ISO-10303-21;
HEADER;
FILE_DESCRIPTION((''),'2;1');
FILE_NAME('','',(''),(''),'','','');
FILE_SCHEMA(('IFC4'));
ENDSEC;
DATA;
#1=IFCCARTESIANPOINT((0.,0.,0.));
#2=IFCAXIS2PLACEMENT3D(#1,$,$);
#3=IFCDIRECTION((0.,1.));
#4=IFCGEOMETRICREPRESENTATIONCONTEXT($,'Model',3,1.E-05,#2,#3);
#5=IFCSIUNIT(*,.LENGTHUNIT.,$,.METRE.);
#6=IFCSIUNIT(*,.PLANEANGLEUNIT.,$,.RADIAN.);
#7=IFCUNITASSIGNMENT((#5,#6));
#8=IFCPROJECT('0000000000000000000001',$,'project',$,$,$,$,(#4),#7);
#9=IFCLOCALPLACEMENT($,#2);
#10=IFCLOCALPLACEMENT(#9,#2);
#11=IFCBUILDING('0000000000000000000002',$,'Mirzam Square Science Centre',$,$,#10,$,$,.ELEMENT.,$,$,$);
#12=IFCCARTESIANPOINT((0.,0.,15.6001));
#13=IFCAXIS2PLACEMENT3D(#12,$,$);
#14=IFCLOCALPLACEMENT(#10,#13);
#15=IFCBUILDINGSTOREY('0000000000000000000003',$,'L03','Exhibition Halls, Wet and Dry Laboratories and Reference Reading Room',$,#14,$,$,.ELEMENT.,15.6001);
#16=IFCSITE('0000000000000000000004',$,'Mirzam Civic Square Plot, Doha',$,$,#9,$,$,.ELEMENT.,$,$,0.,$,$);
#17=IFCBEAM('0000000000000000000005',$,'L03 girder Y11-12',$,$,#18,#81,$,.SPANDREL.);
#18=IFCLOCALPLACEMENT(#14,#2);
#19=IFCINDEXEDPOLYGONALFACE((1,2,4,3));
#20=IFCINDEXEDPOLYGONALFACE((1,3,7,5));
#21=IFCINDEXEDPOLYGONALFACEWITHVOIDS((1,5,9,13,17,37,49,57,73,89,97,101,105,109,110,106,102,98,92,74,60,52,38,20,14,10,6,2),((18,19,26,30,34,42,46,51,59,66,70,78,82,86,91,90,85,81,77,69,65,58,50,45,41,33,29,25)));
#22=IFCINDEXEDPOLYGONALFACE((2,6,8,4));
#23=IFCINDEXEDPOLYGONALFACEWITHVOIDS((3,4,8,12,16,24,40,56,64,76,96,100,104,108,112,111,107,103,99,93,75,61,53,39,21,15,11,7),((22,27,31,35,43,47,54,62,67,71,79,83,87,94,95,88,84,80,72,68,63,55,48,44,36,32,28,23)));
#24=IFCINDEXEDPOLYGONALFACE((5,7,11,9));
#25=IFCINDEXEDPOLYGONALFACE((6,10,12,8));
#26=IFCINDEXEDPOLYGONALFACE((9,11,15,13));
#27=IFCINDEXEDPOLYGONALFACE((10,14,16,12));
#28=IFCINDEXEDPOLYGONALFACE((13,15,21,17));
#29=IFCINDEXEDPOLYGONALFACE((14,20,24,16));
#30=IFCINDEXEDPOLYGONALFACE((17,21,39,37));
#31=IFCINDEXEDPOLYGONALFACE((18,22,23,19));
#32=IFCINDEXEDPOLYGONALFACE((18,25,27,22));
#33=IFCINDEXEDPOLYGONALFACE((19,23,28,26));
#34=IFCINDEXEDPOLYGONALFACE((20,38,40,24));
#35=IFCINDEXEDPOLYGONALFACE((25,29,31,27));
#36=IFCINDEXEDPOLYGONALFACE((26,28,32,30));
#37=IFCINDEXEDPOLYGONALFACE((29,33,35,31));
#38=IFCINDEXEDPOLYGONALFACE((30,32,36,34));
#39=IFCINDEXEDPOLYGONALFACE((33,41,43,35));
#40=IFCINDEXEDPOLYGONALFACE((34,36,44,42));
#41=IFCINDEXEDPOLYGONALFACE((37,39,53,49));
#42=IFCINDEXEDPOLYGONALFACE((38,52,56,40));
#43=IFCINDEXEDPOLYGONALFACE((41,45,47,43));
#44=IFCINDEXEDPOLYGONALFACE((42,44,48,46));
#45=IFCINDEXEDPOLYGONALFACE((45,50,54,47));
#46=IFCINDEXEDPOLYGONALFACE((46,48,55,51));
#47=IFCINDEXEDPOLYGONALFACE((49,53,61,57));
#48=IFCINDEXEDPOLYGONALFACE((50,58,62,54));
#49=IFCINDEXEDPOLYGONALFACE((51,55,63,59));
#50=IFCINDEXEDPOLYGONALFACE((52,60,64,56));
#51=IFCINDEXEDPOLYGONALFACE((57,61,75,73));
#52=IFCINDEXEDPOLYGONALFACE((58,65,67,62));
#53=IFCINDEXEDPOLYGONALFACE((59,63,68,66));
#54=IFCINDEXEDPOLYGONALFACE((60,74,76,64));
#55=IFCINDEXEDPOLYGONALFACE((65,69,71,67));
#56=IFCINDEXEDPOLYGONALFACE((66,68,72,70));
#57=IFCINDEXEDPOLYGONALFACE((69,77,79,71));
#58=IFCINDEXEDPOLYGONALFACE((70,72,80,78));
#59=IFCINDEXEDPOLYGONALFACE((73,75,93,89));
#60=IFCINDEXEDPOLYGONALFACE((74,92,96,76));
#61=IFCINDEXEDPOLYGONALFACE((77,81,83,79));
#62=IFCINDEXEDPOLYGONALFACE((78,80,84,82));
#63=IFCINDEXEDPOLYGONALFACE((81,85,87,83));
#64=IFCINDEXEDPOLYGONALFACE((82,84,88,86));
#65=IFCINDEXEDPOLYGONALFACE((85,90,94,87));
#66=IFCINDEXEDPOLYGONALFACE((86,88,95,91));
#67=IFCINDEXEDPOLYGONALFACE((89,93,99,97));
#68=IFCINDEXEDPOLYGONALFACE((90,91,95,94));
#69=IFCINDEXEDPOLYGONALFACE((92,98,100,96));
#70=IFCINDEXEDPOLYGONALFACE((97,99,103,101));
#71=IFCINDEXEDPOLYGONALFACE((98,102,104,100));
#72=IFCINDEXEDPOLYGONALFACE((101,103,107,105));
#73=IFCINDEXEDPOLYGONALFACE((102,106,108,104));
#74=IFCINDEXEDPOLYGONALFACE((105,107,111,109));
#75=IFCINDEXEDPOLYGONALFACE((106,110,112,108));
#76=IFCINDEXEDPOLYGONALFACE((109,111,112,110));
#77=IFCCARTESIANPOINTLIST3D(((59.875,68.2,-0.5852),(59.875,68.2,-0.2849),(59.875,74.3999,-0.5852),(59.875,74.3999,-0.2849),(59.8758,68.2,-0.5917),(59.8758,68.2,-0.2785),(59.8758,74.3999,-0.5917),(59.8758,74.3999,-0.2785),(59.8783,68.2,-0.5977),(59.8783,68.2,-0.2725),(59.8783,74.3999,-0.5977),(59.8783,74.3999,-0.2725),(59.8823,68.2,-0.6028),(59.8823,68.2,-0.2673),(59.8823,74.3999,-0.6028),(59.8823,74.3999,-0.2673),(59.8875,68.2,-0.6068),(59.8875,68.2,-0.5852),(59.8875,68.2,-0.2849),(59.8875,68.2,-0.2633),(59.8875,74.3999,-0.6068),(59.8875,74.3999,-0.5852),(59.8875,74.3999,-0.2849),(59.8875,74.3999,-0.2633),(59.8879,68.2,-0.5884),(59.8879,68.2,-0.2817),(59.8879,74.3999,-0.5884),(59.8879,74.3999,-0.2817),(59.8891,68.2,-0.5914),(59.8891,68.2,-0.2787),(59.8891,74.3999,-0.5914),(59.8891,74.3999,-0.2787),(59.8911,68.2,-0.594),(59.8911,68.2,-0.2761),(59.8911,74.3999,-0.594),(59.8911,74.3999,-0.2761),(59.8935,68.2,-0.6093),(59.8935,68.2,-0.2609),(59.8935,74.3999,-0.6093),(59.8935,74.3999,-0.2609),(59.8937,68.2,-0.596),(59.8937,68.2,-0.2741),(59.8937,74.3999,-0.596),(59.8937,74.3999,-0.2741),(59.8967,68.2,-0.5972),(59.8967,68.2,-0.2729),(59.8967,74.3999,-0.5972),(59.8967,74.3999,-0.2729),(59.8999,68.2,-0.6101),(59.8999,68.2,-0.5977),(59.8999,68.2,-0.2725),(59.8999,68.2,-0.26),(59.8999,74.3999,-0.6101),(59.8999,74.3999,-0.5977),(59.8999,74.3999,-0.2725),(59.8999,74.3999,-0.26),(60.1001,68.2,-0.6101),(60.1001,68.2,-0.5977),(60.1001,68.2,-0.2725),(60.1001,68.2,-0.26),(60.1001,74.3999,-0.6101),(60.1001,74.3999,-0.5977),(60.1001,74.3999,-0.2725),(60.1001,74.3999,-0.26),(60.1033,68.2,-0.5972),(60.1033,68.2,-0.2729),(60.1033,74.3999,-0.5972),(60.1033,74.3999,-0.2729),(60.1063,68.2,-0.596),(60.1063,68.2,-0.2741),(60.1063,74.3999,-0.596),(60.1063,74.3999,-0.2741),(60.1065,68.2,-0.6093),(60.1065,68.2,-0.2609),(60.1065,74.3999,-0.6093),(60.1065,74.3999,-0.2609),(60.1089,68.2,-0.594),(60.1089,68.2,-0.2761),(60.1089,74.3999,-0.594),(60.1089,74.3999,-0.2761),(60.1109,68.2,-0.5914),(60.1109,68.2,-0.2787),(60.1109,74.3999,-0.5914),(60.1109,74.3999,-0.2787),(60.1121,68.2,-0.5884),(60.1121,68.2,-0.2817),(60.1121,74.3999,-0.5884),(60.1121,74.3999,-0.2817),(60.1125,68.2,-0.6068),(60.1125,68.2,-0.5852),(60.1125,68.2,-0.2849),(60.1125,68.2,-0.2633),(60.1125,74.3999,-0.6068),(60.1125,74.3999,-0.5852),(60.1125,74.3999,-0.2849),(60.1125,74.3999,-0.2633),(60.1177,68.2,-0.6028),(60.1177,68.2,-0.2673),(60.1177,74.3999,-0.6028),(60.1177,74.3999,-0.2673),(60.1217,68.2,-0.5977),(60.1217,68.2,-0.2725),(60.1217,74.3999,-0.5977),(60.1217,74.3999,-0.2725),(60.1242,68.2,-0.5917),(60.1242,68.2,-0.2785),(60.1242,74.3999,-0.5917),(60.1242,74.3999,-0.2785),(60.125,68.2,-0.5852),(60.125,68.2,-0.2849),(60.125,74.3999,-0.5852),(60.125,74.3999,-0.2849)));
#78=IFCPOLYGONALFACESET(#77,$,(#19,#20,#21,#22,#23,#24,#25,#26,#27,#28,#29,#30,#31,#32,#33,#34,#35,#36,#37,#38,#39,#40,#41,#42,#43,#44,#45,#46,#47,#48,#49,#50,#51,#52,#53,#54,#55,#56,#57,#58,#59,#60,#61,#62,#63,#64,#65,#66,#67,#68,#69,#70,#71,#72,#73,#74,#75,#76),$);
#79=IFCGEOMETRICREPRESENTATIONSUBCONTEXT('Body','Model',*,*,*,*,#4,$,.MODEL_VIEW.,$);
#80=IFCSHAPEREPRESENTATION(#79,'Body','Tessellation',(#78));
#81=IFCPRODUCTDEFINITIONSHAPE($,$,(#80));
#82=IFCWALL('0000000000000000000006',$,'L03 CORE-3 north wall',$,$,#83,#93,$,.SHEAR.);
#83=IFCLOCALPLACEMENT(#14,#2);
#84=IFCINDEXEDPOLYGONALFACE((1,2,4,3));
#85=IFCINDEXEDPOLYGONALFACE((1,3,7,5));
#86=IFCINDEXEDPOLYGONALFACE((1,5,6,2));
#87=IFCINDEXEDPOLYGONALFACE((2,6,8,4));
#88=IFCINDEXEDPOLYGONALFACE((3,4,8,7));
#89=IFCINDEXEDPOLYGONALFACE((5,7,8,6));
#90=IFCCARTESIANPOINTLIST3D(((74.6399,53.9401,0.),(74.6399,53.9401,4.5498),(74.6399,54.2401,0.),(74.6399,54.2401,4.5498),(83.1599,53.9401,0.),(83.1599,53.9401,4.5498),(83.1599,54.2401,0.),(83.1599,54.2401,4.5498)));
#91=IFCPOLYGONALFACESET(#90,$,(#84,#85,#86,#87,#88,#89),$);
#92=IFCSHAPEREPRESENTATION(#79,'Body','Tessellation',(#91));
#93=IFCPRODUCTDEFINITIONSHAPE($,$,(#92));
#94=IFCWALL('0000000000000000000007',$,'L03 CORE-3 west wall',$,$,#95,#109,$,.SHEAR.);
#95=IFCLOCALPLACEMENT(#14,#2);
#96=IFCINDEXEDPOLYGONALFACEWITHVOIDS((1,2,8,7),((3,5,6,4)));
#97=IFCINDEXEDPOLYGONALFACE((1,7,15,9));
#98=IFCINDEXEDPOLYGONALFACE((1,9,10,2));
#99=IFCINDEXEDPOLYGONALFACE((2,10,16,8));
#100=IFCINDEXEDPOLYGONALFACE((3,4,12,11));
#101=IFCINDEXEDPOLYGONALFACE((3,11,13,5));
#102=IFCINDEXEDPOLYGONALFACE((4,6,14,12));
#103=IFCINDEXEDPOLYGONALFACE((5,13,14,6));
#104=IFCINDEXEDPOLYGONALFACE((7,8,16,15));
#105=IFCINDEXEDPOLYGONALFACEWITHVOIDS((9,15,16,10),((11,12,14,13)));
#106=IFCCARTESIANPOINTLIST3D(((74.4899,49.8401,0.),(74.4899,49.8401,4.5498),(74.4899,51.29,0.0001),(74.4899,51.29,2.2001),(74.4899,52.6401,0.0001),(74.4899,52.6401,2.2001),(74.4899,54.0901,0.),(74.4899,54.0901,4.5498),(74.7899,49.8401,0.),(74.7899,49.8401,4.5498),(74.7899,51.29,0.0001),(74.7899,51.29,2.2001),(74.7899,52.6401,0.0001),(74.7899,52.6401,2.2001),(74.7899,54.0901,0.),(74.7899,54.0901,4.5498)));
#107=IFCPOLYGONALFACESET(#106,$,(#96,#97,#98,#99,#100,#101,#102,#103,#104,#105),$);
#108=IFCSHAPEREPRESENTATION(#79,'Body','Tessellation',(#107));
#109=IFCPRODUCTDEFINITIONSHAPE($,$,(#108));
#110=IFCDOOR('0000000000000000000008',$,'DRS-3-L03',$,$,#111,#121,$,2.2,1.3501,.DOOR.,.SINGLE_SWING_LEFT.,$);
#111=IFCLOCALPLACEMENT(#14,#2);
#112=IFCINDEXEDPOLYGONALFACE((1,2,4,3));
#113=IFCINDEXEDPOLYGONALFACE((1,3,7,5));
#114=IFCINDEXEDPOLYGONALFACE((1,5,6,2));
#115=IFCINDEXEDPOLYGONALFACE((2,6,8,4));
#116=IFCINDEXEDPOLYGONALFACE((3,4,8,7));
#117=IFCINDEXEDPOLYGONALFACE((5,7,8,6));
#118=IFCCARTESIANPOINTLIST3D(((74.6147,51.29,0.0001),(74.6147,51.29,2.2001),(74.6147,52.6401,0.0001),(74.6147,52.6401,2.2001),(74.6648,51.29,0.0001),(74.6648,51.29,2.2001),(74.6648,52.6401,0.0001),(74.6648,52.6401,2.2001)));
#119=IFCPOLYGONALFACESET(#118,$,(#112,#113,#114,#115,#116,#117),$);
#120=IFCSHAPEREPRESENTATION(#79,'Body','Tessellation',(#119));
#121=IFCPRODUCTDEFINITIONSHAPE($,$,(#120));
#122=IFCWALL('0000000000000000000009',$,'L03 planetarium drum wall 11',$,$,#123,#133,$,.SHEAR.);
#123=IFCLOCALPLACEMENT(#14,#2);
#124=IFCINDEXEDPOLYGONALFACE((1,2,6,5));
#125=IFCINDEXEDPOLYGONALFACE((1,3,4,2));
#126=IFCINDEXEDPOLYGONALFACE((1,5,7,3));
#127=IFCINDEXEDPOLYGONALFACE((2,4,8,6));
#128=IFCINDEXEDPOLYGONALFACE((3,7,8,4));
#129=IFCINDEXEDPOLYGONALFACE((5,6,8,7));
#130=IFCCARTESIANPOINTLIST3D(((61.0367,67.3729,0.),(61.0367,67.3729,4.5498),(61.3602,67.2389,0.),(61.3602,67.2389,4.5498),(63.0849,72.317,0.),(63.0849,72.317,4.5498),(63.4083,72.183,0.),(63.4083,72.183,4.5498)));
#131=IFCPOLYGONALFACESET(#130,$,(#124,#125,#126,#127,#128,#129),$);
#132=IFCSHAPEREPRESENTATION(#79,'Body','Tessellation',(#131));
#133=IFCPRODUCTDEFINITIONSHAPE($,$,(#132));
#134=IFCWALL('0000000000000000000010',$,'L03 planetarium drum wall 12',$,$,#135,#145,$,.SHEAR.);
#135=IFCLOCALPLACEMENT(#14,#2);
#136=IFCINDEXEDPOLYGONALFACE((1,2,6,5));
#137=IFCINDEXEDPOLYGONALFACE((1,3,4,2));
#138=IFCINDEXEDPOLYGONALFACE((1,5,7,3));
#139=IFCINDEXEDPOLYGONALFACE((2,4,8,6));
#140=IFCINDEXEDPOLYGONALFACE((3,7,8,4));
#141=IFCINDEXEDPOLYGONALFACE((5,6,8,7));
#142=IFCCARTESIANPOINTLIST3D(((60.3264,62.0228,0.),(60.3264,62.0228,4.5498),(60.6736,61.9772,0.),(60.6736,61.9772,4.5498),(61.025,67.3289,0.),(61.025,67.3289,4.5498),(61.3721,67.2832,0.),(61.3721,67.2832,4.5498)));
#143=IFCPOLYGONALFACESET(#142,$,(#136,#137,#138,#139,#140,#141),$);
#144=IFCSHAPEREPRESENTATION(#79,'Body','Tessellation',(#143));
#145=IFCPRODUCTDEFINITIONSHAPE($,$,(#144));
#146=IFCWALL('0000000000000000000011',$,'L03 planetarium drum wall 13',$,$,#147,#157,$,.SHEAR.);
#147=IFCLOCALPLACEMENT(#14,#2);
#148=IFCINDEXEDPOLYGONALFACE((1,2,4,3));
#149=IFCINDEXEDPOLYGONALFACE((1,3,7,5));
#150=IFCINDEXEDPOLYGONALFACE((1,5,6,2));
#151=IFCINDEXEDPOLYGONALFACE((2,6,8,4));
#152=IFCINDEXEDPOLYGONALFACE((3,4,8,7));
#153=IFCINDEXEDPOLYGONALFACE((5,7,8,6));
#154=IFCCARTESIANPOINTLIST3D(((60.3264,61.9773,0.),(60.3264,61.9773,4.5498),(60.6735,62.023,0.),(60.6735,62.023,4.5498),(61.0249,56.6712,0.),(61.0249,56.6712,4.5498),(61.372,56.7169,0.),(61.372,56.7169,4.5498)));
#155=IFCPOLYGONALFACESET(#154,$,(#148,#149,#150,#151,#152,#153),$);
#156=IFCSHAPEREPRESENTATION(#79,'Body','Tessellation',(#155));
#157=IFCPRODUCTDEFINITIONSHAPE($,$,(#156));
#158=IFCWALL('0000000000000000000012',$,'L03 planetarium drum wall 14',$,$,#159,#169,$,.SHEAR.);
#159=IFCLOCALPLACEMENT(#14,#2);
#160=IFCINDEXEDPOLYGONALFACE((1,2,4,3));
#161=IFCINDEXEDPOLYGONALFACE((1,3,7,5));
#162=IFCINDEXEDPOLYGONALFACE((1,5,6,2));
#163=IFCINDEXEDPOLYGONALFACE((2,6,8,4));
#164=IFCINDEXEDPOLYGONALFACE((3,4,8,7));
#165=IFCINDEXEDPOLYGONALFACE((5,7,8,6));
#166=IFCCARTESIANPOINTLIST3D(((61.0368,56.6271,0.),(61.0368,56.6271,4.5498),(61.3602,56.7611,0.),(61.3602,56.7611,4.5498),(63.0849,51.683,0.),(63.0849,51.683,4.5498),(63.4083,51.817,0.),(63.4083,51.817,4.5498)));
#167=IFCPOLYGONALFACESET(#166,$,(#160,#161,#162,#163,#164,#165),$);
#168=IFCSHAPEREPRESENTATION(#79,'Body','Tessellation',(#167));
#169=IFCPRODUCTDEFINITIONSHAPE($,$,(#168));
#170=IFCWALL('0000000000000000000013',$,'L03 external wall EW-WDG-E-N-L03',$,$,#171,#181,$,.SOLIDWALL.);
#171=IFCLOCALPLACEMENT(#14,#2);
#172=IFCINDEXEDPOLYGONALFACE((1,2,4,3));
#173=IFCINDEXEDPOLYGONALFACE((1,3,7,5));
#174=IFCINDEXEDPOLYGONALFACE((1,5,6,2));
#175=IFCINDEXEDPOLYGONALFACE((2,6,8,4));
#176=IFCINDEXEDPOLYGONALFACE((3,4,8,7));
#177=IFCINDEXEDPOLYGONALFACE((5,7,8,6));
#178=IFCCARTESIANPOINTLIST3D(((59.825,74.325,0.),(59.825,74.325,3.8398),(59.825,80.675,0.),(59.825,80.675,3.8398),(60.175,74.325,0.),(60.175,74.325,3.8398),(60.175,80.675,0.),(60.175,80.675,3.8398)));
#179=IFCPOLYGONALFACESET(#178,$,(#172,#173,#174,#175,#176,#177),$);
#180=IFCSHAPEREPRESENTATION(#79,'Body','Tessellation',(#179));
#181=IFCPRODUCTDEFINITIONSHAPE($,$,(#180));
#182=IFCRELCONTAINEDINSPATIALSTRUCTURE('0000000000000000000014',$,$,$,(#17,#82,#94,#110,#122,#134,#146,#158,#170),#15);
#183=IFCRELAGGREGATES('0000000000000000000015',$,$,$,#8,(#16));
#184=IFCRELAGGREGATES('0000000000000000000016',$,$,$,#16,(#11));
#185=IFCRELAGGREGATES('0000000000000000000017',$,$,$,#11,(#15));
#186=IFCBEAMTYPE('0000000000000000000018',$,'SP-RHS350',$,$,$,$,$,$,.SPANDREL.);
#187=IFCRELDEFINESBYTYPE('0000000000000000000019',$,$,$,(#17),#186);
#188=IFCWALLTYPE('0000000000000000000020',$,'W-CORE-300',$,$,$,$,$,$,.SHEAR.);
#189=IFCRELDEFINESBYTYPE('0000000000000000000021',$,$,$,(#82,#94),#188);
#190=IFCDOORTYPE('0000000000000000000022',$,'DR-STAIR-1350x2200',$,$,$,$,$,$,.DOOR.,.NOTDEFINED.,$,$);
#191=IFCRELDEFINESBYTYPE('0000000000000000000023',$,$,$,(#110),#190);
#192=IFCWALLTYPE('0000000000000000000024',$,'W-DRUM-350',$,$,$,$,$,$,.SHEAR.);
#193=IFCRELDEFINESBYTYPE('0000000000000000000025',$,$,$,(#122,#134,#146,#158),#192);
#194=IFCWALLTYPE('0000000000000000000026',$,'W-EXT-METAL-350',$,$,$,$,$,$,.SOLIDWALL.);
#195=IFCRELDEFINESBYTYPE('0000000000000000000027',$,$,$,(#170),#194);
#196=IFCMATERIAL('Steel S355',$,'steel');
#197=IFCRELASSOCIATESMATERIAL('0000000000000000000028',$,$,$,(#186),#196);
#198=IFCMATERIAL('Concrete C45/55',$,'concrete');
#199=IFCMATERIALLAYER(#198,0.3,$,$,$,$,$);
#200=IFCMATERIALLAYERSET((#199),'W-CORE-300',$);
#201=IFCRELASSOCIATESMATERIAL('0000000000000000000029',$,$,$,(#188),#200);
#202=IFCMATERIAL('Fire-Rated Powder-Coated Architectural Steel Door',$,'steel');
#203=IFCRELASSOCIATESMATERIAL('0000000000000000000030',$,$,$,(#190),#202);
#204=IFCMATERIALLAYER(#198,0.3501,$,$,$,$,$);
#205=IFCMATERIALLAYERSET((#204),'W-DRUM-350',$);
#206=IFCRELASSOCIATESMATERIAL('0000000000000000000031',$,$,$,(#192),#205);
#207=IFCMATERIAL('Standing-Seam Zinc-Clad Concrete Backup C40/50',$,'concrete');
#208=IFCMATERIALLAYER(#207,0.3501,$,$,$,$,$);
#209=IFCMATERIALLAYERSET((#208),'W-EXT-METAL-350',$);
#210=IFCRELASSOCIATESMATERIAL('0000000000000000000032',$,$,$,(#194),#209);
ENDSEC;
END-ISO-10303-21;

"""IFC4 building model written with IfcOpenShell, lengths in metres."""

from ifc_helpers import new_model, si_unit, direction, frame, frame_2d, origin, origin_2d, place, context, subcontext, project, spatial, rectangle, hollow_rectangle, extrude, material, layer, layer_set, material_profile, profile_set, type_object, element, fill, save


model = new_model("IFC4")

# Units and contexts
model_context = context("Model", 3, precision=1e-05, world=origin(), true_north=direction((0.0, 1.0)))
body_context = subcontext(model_context, "Body", "Model", "MODEL_VIEW")
ifc_project = project(units=[si_unit("LENGTHUNIT", "METRE"), si_unit("PLANEANGLEUNIT", "RADIAN")], contexts=[model_context])

# Site, building, storey
site_placement = place(None, origin())
site = spatial("IfcSite", under=ifc_project, at=site_placement, Name="Mirzam Civic Square Plot, Doha", CompositionType="ELEMENT", RefElevation=0.0)
building_placement = place(site_placement, origin())
building = spatial("IfcBuilding", under=site, at=building_placement, Name="Mirzam Square Science Centre", CompositionType="ELEMENT")
storey_placement = place(building_placement, frame((0.0, 0.0, 15.6001)))
storey = spatial("IfcBuildingStorey", under=building, at=storey_placement, Name="L03", Description="Exhibition Halls, Wet and Dry Laboratories and Reference Reading Room", CompositionType="ELEMENT", Elevation=15.6001)

# Shared definitions
ifc_material_1 = material(Name="Steel S355", Category="steel")
ifc_material_2 = material(Name="Concrete C45/55", Category="concrete")

# Beam
ifc_material_profile_1 = material_profile(ifc_material_1, hollow_rectangle(XDim=0.25, YDim=0.3501, WallThickness=0.0125, InnerFilletRadius=0.0125, OuterFilletRadius=0.0249, at=origin_2d()), Name="350x250x12.5RHS")
ifc_profile_set_1 = profile_set([ifc_material_profile_1], Name="Steel S355")
beam_type = type_object("IfcBeamType", Name="SP-RHS350", PredefinedType="SPANDREL", material=ifc_profile_set_1)
beam_placement = place(storey_placement, frame((60.0, 68.2, -0.4351), z_axis=(0.0, 1.0, 0.0), x_axis=(-1.0, 0.0, 0.0)))
element("IfcBeam", 1, at=beam_placement, inside=storey, type_object=beam_type, Name="L03 girder Y11-12", PredefinedType="SPANDREL", context=body_context, shape_type="SweptSolid", body=[
    extrude(hollow_rectangle(XDim=0.25, YDim=0.3501, WallThickness=0.0125, InnerFilletRadius=0.0125, OuterFilletRadius=0.0249, at=origin_2d()), origin(), (0.0, 0.0, 1.0), 6.2),
])

# Wall
ifc_layer_1 = layer(ifc_material_2, 0.3)
ifc_layer_set_1 = layer_set([ifc_layer_1], Name="W-CORE-300")
wall_type_1 = type_object("IfcWallType", Name="W-CORE-300", PredefinedType="SHEAR", material=ifc_layer_set_1)
wall_1_placement = place(storey_placement, frame((83.1599, 54.0901, 0.0), z_axis=(0.0, 0.0, 1.0), x_axis=(-1.0, 0.0, 0.0)))
element("IfcWall", 2, at=wall_1_placement, inside=storey, type_object=wall_type_1, Name="L03 CORE-3 north wall", PredefinedType="SHEAR", context=body_context, shape_type="SweptSolid", body=[
    extrude(rectangle(XDim=8.52, YDim=0.3, at=frame_2d((4.26, 0.0))), origin(), (0.0, 0.0, 1.0), 4.5498),
])

# Wall, opening, door
wall_2_placement = place(storey_placement, frame((74.6399, 54.0901, 0.0), z_axis=(0.0, 0.0, 1.0), x_axis=(0.0, -1.0, 0.0)))
wall_2 = element("IfcWall", 3, at=wall_2_placement, inside=storey, type_object=wall_type_1, Name="L03 CORE-3 west wall", PredefinedType="SHEAR", context=body_context, shape_type="SweptSolid", body=[
    extrude(rectangle(XDim=4.25, YDim=0.3, at=frame_2d((2.125, 0.0))), origin(), (0.0, 0.0, 1.0), 4.5498),
])
opening_1_placement = place(wall_2_placement, frame((1.45, 0.0, 0.0)))
opening_1 = element("IfcOpeningElement", 4, at=opening_1_placement, cuts=wall_2, PredefinedType="OPENING", context=body_context, shape_type="SweptSolid", body=[
    extrude(rectangle(XDim=1.3501, YDim=2.2, at=frame_2d((0.675, 1.1001))), frame((0.0, 0.1599, 0.0), z_axis=(0.0, -1.0, 0.0), x_axis=(1.0, 0.0, 0.0)), (0.0, 0.0, 1.0), 0.3201),
])
ifc_material_3 = material(Name="Fire-Rated Powder-Coated Architectural Steel Door", Category="steel")
door_type_1 = type_object("IfcDoorType", Name="DR-STAIR-1350x2200", OperationType="NOTDEFINED", PredefinedType="DOOR", material=ifc_material_3)
door_1_placement = place(opening_1_placement, origin())
door_1 = element("IfcDoor", 5, at=door_1_placement, inside=storey, type_object=door_type_1, Name="DRS-3-L03", OperationType="SINGLE_SWING_LEFT", OverallHeight=2.2, OverallWidth=1.3501, PredefinedType="DOOR", context=body_context, shape_type="SweptSolid", body=[
    extrude(rectangle(XDim=1.3501, YDim=2.2, at=frame_2d((0.675, 1.1001))), frame((0.0, 0.0249, 0.0), z_axis=(0.0, -1.0, 0.0), x_axis=(1.0, 0.0, 0.0)), (0.0, 0.0, 1.0), 0.05),
])
fill(opening_1, door_1)

# Walls
ifc_layer_2 = layer(ifc_material_2, 0.3501)
ifc_layer_set_2 = layer_set([ifc_layer_2], Name="W-DRUM-350")
wall_type_2 = type_object("IfcWallType", Name="W-DRUM-350", PredefinedType="SHEAR", material=ifc_layer_set_2)
wall_3_placement = place(storey_placement, frame((63.2466, 72.25, 0.0), z_axis=(0.0, 0.0, 1.0), x_axis=(-0.382713, -0.923867, 0.0)))
element("IfcWall", 6, at=wall_3_placement, inside=storey, type_object=wall_type_2, Name="L03 planetarium drum wall 11", PredefinedType="SHEAR", context=body_context, shape_type="SweptSolid", body=[
    extrude(rectangle(XDim=5.3516, YDim=0.3501, at=frame_2d((2.6758, 0.0))), origin(), (0.0, 0.0, 1.0), 4.5498),
])
for number, where, z_axis, x_axis, name in (
    (7, (61.1985, 67.3059, 0.0), (0.0, 0.0, 1.0), (-0.130517, -0.991446, 0.0), "L03 planetarium drum wall 12"),
    (8, (60.5, 62.0, 0.0), (0.0, 0.0, 1.0), (0.130517, -0.991446, 0.0), "L03 planetarium drum wall 13"),
):
    element("IfcWall", number, at=place(storey_placement, frame(where, z_axis=z_axis, x_axis=x_axis)), inside=storey, type_object=wall_type_2, Name=name, PredefinedType="SHEAR", context=body_context, shape_type="SweptSolid", body=[
        extrude(rectangle(XDim=5.3518, YDim=0.3501, at=frame_2d((2.6758, 0.0))), origin(), (0.0, 0.0, 1.0), 4.5498),
    ])
wall_4_placement = place(storey_placement, frame((61.1985, 56.6941, 0.0), z_axis=(0.0, 0.0, 1.0), x_axis=(0.382713, -0.923867, 0.0)))
element("IfcWall", 9, at=wall_4_placement, inside=storey, type_object=wall_type_2, Name="L03 planetarium drum wall 14", PredefinedType="SHEAR", context=body_context, shape_type="SweptSolid", body=[
    extrude(rectangle(XDim=5.3516, YDim=0.3501, at=frame_2d((2.6758, 0.0))), origin(), (0.0, 0.0, 1.0), 4.5498),
])
ifc_material_4 = material(Name="Standing-Seam Zinc-Clad Concrete Backup C40/50", Category="concrete")
ifc_layer_3 = layer(ifc_material_4, 0.3501)
ifc_layer_set_3 = layer_set([ifc_layer_3], Name="W-EXT-METAL-350")
wall_type_3 = type_object("IfcWallType", Name="W-EXT-METAL-350", PredefinedType="SOLIDWALL", material=ifc_layer_set_3)
wall_5_placement = place(storey_placement, frame((60.0, 74.325, 0.0), z_axis=(0.0, 0.0, 1.0), x_axis=(0.0, 1.0, 0.0)))
element("IfcWall", 10, at=wall_5_placement, inside=storey, type_object=wall_type_3, Name="L03 external wall EW-WDG-E-N-L03", PredefinedType="SOLIDWALL", context=body_context, shape_type="SweptSolid", body=[
    extrude(rectangle(XDim=6.3501, YDim=0.3501, at=frame_2d((3.175, 0.0))), origin(), (0.0, 0.0, 1.0), 3.8398),
])

save(model, "model.ifc")
